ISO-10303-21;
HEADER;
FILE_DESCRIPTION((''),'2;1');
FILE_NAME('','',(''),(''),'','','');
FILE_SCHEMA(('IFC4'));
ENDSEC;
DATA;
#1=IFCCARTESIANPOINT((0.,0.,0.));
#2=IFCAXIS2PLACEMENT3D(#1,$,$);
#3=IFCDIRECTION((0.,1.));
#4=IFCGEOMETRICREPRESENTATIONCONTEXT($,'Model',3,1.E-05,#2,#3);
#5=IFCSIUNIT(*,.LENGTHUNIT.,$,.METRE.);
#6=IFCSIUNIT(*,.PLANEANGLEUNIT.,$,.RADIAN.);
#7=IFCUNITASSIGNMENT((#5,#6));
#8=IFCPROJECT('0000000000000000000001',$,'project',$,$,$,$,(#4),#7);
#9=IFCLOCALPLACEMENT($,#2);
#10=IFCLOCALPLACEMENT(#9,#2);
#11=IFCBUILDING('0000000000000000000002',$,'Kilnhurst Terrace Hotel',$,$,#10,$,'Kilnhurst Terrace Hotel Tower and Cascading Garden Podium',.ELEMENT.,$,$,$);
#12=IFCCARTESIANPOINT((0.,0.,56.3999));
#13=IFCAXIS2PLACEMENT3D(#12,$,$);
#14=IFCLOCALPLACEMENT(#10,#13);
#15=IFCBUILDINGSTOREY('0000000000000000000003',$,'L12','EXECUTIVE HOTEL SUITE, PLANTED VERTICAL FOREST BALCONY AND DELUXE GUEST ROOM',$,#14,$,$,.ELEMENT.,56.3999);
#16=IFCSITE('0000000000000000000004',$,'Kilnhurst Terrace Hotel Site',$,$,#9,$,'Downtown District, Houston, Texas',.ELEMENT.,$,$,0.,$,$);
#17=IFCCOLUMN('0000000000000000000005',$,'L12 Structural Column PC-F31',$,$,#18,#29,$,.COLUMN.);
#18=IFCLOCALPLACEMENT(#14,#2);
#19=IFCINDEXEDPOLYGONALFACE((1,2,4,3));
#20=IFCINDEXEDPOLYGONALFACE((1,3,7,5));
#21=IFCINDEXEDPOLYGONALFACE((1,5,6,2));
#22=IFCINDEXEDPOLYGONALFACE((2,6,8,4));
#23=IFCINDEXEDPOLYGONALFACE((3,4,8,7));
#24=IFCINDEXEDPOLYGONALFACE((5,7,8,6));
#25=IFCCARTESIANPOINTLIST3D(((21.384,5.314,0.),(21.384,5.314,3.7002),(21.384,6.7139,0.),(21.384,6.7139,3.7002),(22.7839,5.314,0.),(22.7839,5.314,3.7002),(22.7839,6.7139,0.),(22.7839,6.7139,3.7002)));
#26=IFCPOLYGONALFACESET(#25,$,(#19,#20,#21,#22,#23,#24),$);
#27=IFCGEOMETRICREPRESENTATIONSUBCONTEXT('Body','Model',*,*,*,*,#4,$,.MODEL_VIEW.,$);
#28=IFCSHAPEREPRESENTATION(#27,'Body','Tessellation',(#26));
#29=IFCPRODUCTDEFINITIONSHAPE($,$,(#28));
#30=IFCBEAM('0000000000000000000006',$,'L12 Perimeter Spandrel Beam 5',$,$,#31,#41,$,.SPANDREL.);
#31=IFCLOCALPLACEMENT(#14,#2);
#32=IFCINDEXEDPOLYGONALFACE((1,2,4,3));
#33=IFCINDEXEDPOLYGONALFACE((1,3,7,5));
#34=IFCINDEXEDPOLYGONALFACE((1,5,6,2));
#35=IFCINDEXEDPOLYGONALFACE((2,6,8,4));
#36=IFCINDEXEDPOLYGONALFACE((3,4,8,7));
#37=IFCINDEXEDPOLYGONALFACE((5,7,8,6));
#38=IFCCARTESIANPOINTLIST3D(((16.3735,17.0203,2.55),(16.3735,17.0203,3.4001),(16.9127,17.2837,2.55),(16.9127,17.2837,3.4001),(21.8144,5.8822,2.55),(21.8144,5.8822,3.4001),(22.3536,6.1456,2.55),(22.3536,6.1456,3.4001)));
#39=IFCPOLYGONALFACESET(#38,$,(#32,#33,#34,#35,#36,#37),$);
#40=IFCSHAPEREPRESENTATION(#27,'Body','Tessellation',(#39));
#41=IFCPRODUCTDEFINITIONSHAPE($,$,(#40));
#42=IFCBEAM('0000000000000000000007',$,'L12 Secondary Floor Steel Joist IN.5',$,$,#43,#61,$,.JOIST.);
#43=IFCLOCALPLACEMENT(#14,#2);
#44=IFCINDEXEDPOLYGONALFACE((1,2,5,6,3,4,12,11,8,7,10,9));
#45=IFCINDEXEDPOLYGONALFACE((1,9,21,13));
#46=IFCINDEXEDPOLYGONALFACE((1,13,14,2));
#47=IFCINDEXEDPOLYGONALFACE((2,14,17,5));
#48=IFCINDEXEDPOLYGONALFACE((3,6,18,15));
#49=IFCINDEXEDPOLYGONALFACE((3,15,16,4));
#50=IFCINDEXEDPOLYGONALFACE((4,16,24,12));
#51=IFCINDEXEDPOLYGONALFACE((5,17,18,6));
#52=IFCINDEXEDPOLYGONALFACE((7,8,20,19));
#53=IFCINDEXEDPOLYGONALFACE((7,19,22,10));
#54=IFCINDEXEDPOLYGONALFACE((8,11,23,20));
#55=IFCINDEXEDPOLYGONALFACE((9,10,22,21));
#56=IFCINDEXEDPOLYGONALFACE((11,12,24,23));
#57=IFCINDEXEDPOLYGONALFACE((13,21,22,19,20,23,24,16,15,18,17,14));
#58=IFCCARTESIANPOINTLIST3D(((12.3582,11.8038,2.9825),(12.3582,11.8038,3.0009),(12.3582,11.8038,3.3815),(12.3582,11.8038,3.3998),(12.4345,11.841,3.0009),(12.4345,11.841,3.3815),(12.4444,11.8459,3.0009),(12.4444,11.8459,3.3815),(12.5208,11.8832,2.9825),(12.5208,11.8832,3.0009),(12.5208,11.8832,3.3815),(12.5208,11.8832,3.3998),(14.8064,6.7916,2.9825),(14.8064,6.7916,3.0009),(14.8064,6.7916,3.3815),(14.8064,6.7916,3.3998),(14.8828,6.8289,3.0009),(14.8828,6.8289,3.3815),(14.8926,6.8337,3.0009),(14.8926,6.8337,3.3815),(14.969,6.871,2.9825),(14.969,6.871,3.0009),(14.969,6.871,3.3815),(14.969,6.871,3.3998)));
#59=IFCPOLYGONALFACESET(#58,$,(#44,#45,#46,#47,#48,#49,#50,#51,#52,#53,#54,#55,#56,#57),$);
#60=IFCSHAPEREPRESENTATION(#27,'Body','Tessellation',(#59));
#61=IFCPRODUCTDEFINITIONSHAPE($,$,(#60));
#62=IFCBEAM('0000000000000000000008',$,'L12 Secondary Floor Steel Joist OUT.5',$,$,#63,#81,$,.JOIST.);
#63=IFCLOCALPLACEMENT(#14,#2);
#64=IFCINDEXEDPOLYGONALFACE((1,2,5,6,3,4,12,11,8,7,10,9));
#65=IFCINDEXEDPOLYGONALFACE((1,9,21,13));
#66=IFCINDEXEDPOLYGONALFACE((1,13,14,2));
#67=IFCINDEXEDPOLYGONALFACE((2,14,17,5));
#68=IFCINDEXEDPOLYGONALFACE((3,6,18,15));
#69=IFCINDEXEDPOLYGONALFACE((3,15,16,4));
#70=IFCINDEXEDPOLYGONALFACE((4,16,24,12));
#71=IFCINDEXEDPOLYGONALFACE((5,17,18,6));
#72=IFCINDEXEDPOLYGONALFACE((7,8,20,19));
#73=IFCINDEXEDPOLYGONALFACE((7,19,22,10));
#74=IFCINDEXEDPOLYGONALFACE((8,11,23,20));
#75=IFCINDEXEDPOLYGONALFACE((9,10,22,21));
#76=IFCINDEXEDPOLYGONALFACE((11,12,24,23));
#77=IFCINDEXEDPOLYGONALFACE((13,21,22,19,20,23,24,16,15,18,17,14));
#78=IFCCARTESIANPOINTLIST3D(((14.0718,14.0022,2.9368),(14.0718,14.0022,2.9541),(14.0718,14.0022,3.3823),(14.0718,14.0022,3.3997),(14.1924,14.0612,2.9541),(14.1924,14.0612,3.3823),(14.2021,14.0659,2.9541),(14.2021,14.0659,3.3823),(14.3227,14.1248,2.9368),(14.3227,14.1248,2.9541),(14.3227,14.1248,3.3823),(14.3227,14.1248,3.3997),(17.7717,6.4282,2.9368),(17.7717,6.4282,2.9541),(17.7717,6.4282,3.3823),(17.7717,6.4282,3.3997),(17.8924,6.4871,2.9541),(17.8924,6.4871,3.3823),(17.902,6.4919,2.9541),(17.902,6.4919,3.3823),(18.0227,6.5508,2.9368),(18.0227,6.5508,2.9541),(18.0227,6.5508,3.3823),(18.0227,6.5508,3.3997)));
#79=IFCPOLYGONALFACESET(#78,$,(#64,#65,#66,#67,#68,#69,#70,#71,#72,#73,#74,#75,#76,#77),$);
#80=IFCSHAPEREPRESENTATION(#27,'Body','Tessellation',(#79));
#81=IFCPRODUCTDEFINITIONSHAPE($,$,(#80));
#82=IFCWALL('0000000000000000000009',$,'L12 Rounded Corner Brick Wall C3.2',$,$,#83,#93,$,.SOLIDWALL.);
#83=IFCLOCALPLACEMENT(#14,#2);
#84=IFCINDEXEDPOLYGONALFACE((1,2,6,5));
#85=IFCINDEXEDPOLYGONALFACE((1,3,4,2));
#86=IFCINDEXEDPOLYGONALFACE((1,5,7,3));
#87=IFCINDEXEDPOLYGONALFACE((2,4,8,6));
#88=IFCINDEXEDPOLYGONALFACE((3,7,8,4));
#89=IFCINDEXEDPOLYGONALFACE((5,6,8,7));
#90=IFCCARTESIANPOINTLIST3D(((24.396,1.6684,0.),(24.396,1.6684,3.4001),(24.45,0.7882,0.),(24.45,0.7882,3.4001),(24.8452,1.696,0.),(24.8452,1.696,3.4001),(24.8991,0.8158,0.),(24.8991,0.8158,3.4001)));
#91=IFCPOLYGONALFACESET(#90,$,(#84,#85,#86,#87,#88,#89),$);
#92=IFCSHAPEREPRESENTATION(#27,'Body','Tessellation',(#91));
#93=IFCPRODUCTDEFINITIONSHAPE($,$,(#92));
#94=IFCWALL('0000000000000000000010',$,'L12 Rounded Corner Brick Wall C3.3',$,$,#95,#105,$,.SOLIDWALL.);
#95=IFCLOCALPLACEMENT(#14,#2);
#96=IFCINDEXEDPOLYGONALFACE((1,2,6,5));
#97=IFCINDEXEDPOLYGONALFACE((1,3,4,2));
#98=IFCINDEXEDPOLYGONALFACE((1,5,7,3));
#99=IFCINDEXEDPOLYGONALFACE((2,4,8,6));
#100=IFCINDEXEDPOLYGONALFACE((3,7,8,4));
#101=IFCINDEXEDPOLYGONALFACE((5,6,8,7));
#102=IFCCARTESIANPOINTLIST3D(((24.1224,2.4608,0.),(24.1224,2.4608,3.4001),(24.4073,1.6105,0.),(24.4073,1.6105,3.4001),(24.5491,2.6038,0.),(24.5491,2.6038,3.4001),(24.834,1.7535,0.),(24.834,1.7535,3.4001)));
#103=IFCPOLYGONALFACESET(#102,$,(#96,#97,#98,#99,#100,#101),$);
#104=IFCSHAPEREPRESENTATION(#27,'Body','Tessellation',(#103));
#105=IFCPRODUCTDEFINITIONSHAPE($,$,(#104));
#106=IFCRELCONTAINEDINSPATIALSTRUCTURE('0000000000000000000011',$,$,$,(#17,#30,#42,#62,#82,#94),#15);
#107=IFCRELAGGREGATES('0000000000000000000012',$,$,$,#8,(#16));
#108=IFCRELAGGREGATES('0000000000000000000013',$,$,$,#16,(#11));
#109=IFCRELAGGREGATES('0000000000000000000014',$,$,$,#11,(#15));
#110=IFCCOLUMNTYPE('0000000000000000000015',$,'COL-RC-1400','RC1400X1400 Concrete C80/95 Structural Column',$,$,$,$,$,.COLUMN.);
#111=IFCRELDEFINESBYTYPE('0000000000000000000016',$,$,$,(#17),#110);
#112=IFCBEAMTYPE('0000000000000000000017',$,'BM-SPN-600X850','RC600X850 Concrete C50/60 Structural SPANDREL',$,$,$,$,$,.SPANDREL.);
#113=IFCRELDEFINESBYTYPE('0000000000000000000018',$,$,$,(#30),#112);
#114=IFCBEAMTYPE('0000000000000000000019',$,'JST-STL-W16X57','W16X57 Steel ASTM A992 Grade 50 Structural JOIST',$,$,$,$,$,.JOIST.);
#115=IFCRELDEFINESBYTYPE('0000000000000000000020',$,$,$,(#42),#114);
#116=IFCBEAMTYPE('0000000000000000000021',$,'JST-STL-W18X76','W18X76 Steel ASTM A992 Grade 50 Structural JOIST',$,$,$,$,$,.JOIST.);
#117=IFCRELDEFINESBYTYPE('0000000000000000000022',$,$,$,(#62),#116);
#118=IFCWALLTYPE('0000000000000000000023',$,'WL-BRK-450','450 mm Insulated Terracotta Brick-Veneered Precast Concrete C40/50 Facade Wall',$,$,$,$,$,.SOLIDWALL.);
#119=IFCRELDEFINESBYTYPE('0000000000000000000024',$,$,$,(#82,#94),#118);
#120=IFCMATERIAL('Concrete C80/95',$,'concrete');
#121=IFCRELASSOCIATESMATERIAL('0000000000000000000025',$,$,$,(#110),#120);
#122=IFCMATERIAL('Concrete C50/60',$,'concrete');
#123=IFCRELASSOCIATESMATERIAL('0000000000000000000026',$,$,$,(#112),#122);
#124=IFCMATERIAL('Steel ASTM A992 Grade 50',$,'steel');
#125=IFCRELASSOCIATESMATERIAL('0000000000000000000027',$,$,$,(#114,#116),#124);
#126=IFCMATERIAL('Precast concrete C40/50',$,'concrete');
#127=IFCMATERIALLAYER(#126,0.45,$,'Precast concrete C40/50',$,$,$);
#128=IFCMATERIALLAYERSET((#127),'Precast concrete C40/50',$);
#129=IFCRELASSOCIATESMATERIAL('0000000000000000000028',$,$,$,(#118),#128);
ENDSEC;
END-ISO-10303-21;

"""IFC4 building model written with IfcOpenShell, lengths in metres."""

from ifc_helpers import new_model, si_unit, direction, frame, frame_2d, origin, origin_2d, place, context, subcontext, project, spatial, rectangle, i_section, extrude, material, layer, layer_set, material_profile, profile_set, type_object, element, save


model = new_model("IFC4")

# Units and contexts
model_context = context("Model", 3, precision=1e-05, world=origin(), true_north=direction((0.0, 1.0)))
body_context = subcontext(model_context, "Body", "Model", "MODEL_VIEW")
ifc_project = project(units=[si_unit("LENGTHUNIT", "METRE"), si_unit("PLANEANGLEUNIT", "RADIAN")], contexts=[model_context])

# Site, building, storey
site_placement = place(None, origin())
site = spatial("IfcSite", under=ifc_project, at=site_placement, Name="Kilnhurst Terrace Hotel Site", LongName="Downtown District, Houston, Texas", CompositionType="ELEMENT", RefElevation=0.0)
building_placement = place(site_placement, origin())
building = spatial("IfcBuilding", under=site, at=building_placement, Name="Kilnhurst Terrace Hotel", LongName="Kilnhurst Terrace Hotel Tower and Cascading Garden Podium", CompositionType="ELEMENT")
storey_placement = place(building_placement, frame((0.0, 0.0, 56.3999)))
storey = spatial("IfcBuildingStorey", under=building, at=storey_placement, Name="L12", Description="EXECUTIVE HOTEL SUITE, PLANTED VERTICAL FOREST BALCONY AND DELUXE GUEST ROOM", CompositionType="ELEMENT", Elevation=56.3999)

# Column
ifc_material_1 = material(Name="Concrete C80/95", Category="concrete")
ifc_material_profile_1 = material_profile(ifc_material_1, rectangle(XDim=1.3999, YDim=1.3999, at=origin_2d()), Name="RC1400X1400")
ifc_profile_set_1 = profile_set([ifc_material_profile_1], Name="Concrete C80/95")
column_type = type_object("IfcColumnType", Name="COL-RC-1400", Description="RC1400X1400 Concrete C80/95 Structural Column", PredefinedType="COLUMN", material=ifc_profile_set_1)
column_placement = place(storey_placement, frame((22.084, 6.0139, 0.0), z_axis=(0.0, 0.0, 1.0), x_axis=(1.0, 0.0, 0.0)))
element("IfcColumn", 1, at=column_placement, inside=storey, type_object=column_type, Name="L12 Structural Column PC-F31", PredefinedType="COLUMN", context=body_context, shape_type="SweptSolid", body=[
    extrude(rectangle(XDim=1.3999, YDim=1.3999, at=origin_2d()), origin(), (0.0, 0.0, 1.0), 3.7002),
])

# Beams
ifc_material_2 = material(Name="Concrete C50/60", Category="concrete")
ifc_material_profile_2 = material_profile(ifc_material_2, rectangle(XDim=0.6001, YDim=0.8501, at=origin_2d()), Name="RC600X850")
ifc_profile_set_2 = profile_set([ifc_material_profile_2], Name="Concrete C50/60")
beam_type_1 = type_object("IfcBeamType", Name="BM-SPN-600X850", Description="RC600X850 Concrete C50/60 Structural SPANDREL", PredefinedType="SPANDREL", material=ifc_profile_set_2)
beam_1_placement = place(storey_placement, frame((22.084, 6.0139, 2.9751), z_axis=(-0.438923, 0.898525, 0.0), x_axis=(-0.898525, -0.438923, 0.0)))
element("IfcBeam", 2, at=beam_1_placement, inside=storey, type_object=beam_type_1, Name="L12 Perimeter Spandrel Beam 5", PredefinedType="SPANDREL", context=body_context, shape_type="SweptSolid", body=[
    extrude(rectangle(XDim=0.6001, YDim=0.8501, at=origin_2d()), origin(), (0.0, 0.0, 1.0), 12.396),
])
ifc_material_3 = material(Name="Steel ASTM A992 Grade 50", Category="steel")
ifc_material_profile_3 = material_profile(ifc_material_3, i_section(OverallWidth=0.1809, OverallDepth=0.4172, WebThickness=0.011, FlangeThickness=0.0183, at=origin_2d()), Name="W16X57")
ifc_profile_set_3 = profile_set([ifc_material_profile_3], Name="Steel ASTM A992 Grade 50")
beam_type_2 = type_object("IfcBeamType", Name="JST-STL-W16X57", Description="W16X57 Steel ASTM A992 Grade 50 Structural JOIST", PredefinedType="JOIST", material=ifc_profile_set_3)
beam_2_placement = place(storey_placement, frame((14.8877, 6.8313, 3.1912), z_axis=(-0.438896, 0.898538, 0.0), x_axis=(-0.898538, -0.438896, 0.0)))
element("IfcBeam", 3, at=beam_2_placement, inside=storey, type_object=beam_type_2, Name="L12 Secondary Floor Steel Joist IN.5", PredefinedType="JOIST", context=body_context, shape_type="SweptSolid", body=[
    extrude(i_section(OverallWidth=0.1809, OverallDepth=0.4172, WebThickness=0.011, FlangeThickness=0.0183, at=origin_2d()), origin(), (0.0, 0.0, 1.0), 5.5781),
])
ifc_material_profile_4 = material_profile(ifc_material_3, i_section(OverallWidth=0.2793, OverallDepth=0.4629, WebThickness=0.0107, FlangeThickness=0.0173, at=origin_2d()), Name="W18X76")
ifc_profile_set_4 = profile_set([ifc_material_profile_4], Name="Steel ASTM A992 Grade 50")
beam_type_3 = type_object("IfcBeamType", Name="JST-STL-W18X76", Description="W18X76 Steel ASTM A992 Grade 50 Structural JOIST", PredefinedType="JOIST", material=ifc_profile_set_4)
beam_3_placement = place(storey_placement, frame((17.8972, 6.4895, 3.1682), z_axis=(-0.438934, 0.898519, 0.0), x_axis=(-0.898519, -0.438934, 0.0)))
element("IfcBeam", 4, at=beam_3_placement, inside=storey, type_object=beam_type_3, Name="L12 Secondary Floor Steel Joist OUT.5", PredefinedType="JOIST", context=body_context, shape_type="SweptSolid", body=[
    extrude(i_section(OverallWidth=0.2793, OverallDepth=0.4629, WebThickness=0.0107, FlangeThickness=0.0173, at=origin_2d()), origin(), (0.0, 0.0, 1.0), 8.4294),
])

# Walls
ifc_material_4 = material(Name="Precast concrete C40/50", Category="concrete")
ifc_layer_1 = layer(ifc_material_4, 0.45, Name="Precast concrete C40/50")
ifc_layer_set_1 = layer_set([ifc_layer_1], Name="Precast concrete C40/50")
wall_type_1 = type_object("IfcWallType", Name="WL-BRK-450", Description="450 mm Insulated Terracotta Brick-Veneered Precast Concrete C40/50 Facade Wall", PredefinedType="SOLIDWALL", material=ifc_layer_set_1)
wall_1_placement = place(storey_placement, frame((24.6746, 0.802, 0.0), z_axis=(0.0, 0.0, 1.0), x_axis=(-0.061189, 0.998126, 0.0)))
element("IfcWall", 5, at=wall_1_placement, inside=storey, type_object=wall_type_1, Name="L12 Rounded Corner Brick Wall C3.2", PredefinedType="SOLIDWALL", context=body_context, shape_type="SweptSolid", body=[
    extrude(rectangle(XDim=0.8818, YDim=0.45, at=frame_2d((0.4409, 0.0))), origin(), (0.0, 0.0, 1.0), 3.4001),
])
wall_2_placement = place(storey_placement, frame((24.6206, 1.6821, 0.0), z_axis=(0.0, 0.0, 1.0), x_axis=(-0.317697, 0.948192, 0.0)))
element("IfcWall", 6, at=wall_2_placement, inside=storey, type_object=wall_type_1, Name="L12 Rounded Corner Brick Wall C3.3", PredefinedType="SOLIDWALL", context=body_context, shape_type="SweptSolid", body=[
    extrude(rectangle(XDim=0.8967, YDim=0.45, at=frame_2d((0.4482, 0.0))), origin(), (0.0, 0.0, 1.0), 3.4001),
])

save(model, "model.ifc")
